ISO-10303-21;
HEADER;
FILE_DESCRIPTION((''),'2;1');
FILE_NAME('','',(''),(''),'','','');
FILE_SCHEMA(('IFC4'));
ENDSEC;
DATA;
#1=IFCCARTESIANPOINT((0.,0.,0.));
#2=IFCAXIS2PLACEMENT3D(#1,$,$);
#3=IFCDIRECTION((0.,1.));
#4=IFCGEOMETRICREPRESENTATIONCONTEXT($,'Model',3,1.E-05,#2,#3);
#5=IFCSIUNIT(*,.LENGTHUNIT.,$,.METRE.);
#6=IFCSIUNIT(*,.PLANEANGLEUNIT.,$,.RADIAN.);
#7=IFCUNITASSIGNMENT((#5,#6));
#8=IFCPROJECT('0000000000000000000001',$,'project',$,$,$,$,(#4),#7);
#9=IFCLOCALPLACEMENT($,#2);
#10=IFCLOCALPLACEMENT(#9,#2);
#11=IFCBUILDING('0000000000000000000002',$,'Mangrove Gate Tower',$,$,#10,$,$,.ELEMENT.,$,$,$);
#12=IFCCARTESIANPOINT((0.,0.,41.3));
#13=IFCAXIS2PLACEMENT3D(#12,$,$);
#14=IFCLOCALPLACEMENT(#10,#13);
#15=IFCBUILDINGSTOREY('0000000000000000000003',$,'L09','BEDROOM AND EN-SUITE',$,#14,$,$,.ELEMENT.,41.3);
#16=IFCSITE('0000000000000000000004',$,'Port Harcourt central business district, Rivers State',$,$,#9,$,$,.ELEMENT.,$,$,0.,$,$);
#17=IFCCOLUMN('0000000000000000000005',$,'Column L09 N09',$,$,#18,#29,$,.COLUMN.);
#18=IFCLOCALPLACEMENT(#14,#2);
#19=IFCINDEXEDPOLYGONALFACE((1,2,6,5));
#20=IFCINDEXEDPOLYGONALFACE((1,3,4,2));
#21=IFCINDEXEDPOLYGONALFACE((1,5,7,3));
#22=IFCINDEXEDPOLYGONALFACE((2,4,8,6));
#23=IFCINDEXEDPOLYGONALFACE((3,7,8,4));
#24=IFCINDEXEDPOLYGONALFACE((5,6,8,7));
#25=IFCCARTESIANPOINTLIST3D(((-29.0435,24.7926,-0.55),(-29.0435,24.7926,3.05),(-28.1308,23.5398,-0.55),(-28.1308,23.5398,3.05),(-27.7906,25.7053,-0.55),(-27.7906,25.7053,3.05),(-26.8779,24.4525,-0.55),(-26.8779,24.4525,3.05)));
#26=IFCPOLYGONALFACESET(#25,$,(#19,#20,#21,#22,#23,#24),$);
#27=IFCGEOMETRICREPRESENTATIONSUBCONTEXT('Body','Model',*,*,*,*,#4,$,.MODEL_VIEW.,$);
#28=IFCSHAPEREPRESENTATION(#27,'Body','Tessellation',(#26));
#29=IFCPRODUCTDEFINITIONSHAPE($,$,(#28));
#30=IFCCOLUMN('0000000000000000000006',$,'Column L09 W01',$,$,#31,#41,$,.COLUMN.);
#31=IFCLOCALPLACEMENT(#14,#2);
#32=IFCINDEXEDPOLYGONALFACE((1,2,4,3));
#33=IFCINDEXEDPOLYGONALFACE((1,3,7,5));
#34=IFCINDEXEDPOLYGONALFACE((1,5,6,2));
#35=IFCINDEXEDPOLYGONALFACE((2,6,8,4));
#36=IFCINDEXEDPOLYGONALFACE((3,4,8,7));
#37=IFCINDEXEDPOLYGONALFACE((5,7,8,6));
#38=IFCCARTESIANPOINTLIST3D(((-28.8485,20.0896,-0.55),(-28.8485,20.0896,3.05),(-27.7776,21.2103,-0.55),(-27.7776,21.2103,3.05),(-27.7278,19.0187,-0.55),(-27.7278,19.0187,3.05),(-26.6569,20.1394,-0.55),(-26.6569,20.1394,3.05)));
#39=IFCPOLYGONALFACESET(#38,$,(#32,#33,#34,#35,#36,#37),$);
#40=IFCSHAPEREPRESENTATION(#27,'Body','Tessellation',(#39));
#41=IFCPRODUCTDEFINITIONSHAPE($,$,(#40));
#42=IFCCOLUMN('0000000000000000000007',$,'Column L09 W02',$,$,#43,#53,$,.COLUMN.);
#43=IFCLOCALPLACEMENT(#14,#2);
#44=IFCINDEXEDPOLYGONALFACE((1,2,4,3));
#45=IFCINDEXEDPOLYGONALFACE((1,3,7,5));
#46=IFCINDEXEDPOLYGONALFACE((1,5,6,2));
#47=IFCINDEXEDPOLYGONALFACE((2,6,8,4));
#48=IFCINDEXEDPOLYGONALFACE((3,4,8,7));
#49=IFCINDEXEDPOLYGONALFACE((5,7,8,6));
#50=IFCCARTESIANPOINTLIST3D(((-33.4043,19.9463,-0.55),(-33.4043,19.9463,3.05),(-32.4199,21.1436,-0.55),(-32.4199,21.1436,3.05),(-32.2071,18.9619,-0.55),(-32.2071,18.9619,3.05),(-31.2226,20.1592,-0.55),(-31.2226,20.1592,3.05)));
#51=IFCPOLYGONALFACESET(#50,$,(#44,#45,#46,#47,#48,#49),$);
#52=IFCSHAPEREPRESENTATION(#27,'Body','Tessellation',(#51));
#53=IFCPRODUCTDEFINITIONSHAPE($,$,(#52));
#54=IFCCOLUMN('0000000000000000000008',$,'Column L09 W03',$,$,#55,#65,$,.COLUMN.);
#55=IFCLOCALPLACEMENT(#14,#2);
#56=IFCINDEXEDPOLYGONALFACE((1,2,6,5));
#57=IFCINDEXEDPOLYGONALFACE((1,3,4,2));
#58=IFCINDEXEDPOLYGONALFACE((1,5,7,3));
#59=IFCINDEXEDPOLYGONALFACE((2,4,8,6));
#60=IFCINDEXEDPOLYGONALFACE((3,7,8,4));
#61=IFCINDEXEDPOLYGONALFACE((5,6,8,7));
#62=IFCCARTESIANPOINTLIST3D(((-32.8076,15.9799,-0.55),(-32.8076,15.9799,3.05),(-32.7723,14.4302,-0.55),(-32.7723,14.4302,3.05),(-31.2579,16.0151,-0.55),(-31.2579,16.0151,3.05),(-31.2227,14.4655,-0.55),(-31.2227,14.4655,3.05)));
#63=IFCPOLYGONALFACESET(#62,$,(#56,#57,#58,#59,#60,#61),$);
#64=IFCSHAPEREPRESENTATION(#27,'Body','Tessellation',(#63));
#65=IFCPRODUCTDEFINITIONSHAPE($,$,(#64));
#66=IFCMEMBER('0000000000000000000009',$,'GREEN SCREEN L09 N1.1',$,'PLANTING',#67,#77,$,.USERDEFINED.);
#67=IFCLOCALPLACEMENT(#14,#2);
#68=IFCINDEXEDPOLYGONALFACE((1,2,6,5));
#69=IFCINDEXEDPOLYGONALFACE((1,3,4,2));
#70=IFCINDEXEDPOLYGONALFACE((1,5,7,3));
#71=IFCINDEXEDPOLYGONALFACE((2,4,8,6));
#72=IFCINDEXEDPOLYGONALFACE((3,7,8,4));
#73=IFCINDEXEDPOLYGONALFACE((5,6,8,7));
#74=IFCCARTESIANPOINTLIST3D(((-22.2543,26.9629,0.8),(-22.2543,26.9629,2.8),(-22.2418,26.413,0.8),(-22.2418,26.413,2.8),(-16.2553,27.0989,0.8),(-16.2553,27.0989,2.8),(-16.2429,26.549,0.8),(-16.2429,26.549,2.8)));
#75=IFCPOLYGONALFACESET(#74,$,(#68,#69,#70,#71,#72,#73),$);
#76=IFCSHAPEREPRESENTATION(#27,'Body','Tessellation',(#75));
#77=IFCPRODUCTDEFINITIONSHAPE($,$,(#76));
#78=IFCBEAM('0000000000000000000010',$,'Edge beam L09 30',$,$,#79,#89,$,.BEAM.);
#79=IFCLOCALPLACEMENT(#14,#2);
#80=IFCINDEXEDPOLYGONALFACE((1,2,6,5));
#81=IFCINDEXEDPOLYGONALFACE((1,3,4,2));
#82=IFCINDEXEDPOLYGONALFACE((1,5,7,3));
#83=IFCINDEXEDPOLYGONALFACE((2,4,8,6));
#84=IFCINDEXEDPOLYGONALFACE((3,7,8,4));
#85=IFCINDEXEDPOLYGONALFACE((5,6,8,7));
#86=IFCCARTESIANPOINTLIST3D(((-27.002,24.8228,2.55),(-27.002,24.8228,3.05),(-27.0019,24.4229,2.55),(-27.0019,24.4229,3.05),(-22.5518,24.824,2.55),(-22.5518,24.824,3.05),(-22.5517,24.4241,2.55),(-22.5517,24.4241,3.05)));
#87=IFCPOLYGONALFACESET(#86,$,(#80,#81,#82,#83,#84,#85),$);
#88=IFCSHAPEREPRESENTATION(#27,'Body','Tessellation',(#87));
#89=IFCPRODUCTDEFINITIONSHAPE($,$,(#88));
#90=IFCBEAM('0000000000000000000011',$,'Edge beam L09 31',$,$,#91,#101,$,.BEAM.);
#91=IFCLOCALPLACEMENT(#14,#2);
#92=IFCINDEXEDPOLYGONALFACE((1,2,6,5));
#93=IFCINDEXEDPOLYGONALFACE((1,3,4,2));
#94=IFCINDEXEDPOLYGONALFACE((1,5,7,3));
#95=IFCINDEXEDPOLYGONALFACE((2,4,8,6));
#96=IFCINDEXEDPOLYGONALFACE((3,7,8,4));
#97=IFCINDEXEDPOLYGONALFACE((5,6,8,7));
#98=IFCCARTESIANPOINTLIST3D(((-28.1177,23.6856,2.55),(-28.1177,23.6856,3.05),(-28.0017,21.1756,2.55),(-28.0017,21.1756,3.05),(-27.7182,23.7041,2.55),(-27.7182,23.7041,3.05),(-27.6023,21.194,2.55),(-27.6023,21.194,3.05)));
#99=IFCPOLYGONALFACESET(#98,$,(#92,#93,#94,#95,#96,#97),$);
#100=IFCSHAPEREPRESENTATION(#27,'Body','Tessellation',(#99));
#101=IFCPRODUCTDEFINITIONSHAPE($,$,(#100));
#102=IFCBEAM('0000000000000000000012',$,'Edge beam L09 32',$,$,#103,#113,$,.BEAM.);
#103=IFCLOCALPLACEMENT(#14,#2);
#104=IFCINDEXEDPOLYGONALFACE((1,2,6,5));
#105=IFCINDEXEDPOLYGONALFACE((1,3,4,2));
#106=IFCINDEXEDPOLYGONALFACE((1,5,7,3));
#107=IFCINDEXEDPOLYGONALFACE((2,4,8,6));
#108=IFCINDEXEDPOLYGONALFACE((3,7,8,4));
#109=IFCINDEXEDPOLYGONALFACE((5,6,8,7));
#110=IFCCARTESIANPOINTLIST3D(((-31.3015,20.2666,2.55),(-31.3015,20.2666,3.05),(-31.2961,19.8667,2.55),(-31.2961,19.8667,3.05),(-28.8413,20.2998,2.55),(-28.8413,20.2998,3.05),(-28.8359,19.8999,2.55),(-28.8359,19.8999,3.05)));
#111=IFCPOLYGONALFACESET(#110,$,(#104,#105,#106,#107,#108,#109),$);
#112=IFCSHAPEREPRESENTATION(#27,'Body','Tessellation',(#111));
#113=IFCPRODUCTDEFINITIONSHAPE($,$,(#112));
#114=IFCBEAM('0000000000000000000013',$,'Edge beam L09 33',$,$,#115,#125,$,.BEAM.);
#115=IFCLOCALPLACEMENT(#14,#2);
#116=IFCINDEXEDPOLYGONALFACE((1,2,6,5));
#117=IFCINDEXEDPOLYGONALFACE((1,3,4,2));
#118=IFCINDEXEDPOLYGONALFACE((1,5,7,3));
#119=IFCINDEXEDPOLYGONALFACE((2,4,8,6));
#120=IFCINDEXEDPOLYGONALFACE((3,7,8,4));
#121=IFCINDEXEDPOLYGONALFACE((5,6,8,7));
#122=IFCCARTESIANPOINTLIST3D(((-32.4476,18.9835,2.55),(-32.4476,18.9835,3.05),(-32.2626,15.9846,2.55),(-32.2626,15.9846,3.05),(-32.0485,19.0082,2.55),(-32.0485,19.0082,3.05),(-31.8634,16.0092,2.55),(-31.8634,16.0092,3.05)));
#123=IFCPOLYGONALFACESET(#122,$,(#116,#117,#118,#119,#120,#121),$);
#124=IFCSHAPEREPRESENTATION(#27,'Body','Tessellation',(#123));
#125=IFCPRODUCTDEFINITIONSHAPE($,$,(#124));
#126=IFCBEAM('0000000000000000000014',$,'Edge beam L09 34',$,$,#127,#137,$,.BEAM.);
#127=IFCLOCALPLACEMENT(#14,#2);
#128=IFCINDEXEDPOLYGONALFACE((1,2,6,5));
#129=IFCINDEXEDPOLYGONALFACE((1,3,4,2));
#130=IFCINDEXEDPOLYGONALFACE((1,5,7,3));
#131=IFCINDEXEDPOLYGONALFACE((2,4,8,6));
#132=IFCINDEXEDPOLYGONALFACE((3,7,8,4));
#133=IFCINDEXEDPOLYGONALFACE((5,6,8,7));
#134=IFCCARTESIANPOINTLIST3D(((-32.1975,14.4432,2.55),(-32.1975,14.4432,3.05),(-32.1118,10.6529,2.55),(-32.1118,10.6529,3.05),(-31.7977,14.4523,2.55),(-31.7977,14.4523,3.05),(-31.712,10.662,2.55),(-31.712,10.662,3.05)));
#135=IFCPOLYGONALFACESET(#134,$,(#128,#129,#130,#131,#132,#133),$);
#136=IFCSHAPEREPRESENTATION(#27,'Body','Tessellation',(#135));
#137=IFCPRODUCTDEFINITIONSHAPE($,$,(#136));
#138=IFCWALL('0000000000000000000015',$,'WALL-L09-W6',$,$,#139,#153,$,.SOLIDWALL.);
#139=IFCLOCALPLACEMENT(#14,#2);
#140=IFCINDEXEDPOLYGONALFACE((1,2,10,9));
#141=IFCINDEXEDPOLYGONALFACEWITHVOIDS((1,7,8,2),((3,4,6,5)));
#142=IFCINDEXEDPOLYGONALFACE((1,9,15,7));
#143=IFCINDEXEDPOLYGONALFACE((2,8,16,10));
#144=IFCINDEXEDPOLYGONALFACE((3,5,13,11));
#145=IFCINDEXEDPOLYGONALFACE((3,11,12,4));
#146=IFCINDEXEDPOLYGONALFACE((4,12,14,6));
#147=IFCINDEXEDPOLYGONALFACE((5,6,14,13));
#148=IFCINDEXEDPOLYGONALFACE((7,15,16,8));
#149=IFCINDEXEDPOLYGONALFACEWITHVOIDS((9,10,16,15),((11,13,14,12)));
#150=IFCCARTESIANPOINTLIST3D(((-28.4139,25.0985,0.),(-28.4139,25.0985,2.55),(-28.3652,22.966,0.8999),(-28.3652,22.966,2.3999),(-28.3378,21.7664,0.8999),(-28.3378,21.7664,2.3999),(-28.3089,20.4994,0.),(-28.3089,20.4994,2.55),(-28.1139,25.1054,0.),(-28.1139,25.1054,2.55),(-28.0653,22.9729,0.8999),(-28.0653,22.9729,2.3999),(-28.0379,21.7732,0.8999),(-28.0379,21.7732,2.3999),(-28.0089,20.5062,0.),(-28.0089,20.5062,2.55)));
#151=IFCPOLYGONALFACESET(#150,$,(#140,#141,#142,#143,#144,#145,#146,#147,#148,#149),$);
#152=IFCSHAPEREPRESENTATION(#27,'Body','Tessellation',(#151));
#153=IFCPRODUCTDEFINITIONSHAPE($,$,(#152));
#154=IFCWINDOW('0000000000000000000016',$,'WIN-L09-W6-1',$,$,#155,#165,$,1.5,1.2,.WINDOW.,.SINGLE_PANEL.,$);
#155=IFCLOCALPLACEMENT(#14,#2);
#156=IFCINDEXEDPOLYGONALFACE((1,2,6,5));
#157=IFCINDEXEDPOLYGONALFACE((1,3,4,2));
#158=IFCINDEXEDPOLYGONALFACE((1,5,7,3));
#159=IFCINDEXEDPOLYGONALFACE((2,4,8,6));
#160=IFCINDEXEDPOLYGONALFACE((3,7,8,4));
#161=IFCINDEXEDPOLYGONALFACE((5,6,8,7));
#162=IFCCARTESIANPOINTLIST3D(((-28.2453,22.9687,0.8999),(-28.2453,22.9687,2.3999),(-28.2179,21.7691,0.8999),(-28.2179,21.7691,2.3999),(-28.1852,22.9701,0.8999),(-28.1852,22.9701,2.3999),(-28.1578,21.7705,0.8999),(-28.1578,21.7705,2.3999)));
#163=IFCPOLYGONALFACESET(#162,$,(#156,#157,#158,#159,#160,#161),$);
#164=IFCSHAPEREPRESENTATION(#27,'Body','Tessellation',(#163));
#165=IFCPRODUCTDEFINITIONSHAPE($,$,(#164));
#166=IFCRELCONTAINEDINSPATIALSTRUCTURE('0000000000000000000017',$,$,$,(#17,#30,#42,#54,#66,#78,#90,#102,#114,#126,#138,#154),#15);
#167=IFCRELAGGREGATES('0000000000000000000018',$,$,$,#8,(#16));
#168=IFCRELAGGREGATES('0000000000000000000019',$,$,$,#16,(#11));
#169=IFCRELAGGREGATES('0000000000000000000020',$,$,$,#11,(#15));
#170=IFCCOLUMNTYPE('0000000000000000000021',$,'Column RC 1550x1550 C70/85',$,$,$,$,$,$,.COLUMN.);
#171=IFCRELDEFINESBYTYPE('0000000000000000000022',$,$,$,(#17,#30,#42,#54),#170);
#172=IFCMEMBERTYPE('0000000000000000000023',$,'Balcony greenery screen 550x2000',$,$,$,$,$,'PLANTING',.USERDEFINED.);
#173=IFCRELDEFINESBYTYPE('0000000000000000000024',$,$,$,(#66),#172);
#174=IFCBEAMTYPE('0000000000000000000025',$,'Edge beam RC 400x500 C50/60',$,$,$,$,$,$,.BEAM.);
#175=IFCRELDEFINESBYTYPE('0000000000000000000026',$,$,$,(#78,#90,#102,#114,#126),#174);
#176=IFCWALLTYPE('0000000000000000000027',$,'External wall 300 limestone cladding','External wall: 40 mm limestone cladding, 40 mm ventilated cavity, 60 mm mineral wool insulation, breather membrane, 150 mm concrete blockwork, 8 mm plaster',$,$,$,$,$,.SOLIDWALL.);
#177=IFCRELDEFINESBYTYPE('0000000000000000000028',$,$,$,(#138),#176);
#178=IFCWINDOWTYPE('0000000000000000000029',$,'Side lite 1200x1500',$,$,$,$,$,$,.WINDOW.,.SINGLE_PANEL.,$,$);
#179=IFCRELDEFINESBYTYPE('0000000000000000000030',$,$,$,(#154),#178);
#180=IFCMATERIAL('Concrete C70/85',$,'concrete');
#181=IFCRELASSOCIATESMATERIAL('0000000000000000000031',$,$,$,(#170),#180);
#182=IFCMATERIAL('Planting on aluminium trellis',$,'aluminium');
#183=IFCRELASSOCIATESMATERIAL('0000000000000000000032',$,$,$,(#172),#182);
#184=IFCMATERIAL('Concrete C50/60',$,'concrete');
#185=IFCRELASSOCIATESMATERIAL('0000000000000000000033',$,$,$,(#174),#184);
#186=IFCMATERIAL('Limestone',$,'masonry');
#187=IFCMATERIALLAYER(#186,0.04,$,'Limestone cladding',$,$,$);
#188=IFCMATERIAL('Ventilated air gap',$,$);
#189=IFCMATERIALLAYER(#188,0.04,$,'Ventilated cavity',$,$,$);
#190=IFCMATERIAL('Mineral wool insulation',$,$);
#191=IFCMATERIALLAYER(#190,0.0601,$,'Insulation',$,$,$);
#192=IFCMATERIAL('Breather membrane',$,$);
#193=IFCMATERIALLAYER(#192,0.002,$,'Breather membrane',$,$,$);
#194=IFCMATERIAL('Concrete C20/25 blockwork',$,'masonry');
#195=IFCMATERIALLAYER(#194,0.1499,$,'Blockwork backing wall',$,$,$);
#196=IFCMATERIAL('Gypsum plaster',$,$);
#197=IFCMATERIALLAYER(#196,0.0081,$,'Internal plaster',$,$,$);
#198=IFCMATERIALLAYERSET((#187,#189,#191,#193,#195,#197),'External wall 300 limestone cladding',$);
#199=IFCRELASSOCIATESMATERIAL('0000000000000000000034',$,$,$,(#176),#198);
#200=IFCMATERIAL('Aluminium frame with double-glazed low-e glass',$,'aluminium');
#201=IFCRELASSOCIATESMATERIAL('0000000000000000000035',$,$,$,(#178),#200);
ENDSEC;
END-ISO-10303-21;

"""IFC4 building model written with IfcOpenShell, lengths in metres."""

from ifc_helpers import new_model, si_unit, direction, frame, frame_2d, origin, origin_2d, place, context, subcontext, project, spatial, rectangle, extrude, material, layer, layer_set, material_profile, profile_set, type_object, element, fill, save


model = new_model("IFC4")

# Units and contexts
model_context = context("Model", 3, precision=1e-05, world=origin(), true_north=direction((0.0, 1.0)))
body_context = subcontext(model_context, "Body", "Model", "MODEL_VIEW")
ifc_project = project(units=[si_unit("LENGTHUNIT", "METRE"), si_unit("PLANEANGLEUNIT", "RADIAN")], contexts=[model_context])

# Site, building, storey
site_placement = place(None, origin())
site = spatial("IfcSite", under=ifc_project, at=site_placement, Name="Port Harcourt central business district, Rivers State", CompositionType="ELEMENT", RefElevation=0.0)
building_placement = place(site_placement, origin())
building = spatial("IfcBuilding", under=site, at=building_placement, Name="Mangrove Gate Tower", CompositionType="ELEMENT")
storey_placement = place(building_placement, frame((0.0, 0.0, 41.3)))
storey = spatial("IfcBuildingStorey", under=building, at=storey_placement, Name="L09", Description="BEDROOM AND EN-SUITE", CompositionType="ELEMENT", Elevation=41.3)

# Columns
ifc_material_1 = material(Name="Concrete C70/85", Category="concrete")
ifc_material_profile_1 = material_profile(ifc_material_1, rectangle(XDim=1.55, YDim=1.55, at=origin_2d()))
ifc_profile_set_1 = profile_set([ifc_material_profile_1], Name="Concrete C70/85")
column_type = type_object("IfcColumnType", Name="Column RC 1550x1550 C70/85", PredefinedType="COLUMN", material=ifc_profile_set_1)
for number, where, z_axis, x_axis, name in (
    (1, (-27.9607, 24.6226, -0.55), (0.0, 0.0, 1.0), (-0.808269, -0.588813, 0.0), "Column L09 N09"),
    (2, (-27.7527, 20.1145, -0.55), (0.0, 0.0, 1.0), (-0.690863, -0.722986, 0.0), "Column L09 W01"),
    (3, (-32.3135, 20.0527, -0.55), (0.0, 0.0, 1.0), (-0.635105, -0.772425, 0.0), "Column L09 W02"),
    (4, (-32.0151, 15.2227, -0.55), (0.0, 0.0, 1.0), (0.022747, -0.999741, 0.0), "Column L09 W03"),
):
    element("IfcColumn", number, at=place(storey_placement, frame(where, z_axis=z_axis, x_axis=x_axis)), inside=storey, type_object=column_type, Name=name, PredefinedType="COLUMN", context=body_context, shape_type="SweptSolid", body=[
        extrude(rectangle(XDim=1.55, YDim=1.55, at=origin_2d()), origin(), (0.0, 0.0, 1.0), 3.6001),
    ])

# Member
ifc_material_2 = material(Name="Planting on aluminium trellis", Category="aluminium")
ifc_material_profile_2 = material_profile(ifc_material_2, rectangle(XDim=0.55, YDim=2.0, at=origin_2d()))
ifc_profile_set_2 = profile_set([ifc_material_profile_2], Name="Planting on aluminium trellis")
member_type = type_object("IfcMemberType", Name="Balcony greenery screen 550x2000", ElementType="PLANTING", PredefinedType="USERDEFINED", material=ifc_profile_set_2)
member_placement = place(storey_placement, frame((-22.248, 26.688, 1.8), z_axis=(0.999743, 0.022662, 0.0), x_axis=(-0.022662, 0.999743, 0.0)))
element("IfcMember", 5, at=member_placement, inside=storey, type_object=member_type, Name="GREEN SCREEN L09 N1.1", ObjectType="PLANTING", PredefinedType="USERDEFINED", context=body_context, shape_type="SweptSolid", body=[
    extrude(rectangle(XDim=0.55, YDim=2.0, at=origin_2d()), origin(), (0.0, 0.0, 1.0), 6.0005),
])

# Beams
ifc_material_3 = material(Name="Concrete C50/60", Category="concrete")
ifc_material_profile_3 = material_profile(ifc_material_3, rectangle(XDim=0.3999, YDim=0.5, at=origin_2d()))
ifc_profile_set_3 = profile_set([ifc_material_profile_3], Name="Concrete C50/60")
beam_type = type_object("IfcBeamType", Name="Edge beam RC 400x500 C50/60", PredefinedType="BEAM", material=ifc_profile_set_3)
beam_1_placement = place(storey_placement, frame((-22.5518, 24.624, 2.8), z_axis=(-1.0, -0.000274, 0.0), x_axis=(0.000274, -1.0, 0.0)))
element("IfcBeam", 6, at=beam_1_placement, inside=storey, type_object=beam_type, Name="Edge beam L09 30", PredefinedType="BEAM", context=body_context, shape_type="SweptSolid", body=[
    extrude(rectangle(XDim=0.3999, YDim=0.5, at=origin_2d()), origin(), (0.0, 0.0, 1.0), 4.4502),
])
beam_2_placement = place(storey_placement, frame((-27.918, 23.6948, 2.8), z_axis=(0.046152, -0.998934, 0.0), x_axis=(0.998934, 0.046152, 0.0)))
element("IfcBeam", 7, at=beam_2_placement, inside=storey, type_object=beam_type, Name="Edge beam L09 31", PredefinedType="BEAM", context=body_context, shape_type="SweptSolid", body=[
    extrude(rectangle(XDim=0.3999, YDim=0.5, at=origin_2d()), origin(), (0.0, 0.0, 1.0), 2.5127),
])
beam_3_placement = place(storey_placement, frame((-28.8386, 20.0999, 2.8), z_axis=(-0.999909, -0.013495, 0.0), x_axis=(0.013495, -0.999909, 0.0)))
element("IfcBeam", 8, at=beam_3_placement, inside=storey, type_object=beam_type, Name="Edge beam L09 32", PredefinedType="BEAM", context=body_context, shape_type="SweptSolid", body=[
    extrude(rectangle(XDim=0.3999, YDim=0.5, at=origin_2d()), origin(), (0.0, 0.0, 1.0), 2.4604),
])
beam_4_placement = place(storey_placement, frame((-32.248, 18.9958, 2.8), z_axis=(0.061589, -0.998102, 0.0), x_axis=(0.998102, 0.061589, 0.0)))
element("IfcBeam", 9, at=beam_4_placement, inside=storey, type_object=beam_type, Name="Edge beam L09 33", PredefinedType="BEAM", context=body_context, shape_type="SweptSolid", body=[
    extrude(rectangle(XDim=0.3999, YDim=0.5, at=origin_2d()), origin(), (0.0, 0.0, 1.0), 3.0046),
])
beam_5_placement = place(storey_placement, frame((-31.9976, 14.4478, 2.8), z_axis=(0.022603, -0.999745, 0.0), x_axis=(0.999745, 0.022603, 0.0)))
element("IfcBeam", 10, at=beam_5_placement, inside=storey, type_object=beam_type, Name="Edge beam L09 34", PredefinedType="BEAM", context=body_context, shape_type="SweptSolid", body=[
    extrude(rectangle(XDim=0.3999, YDim=0.5, at=origin_2d()), origin(), (0.0, 0.0, 1.0), 3.7913),
])

# Wall, opening, window
ifc_material_4 = material(Name="Limestone", Category="masonry")
ifc_layer_1 = layer(ifc_material_4, 0.04, Name="Limestone cladding")
ifc_material_5 = material(Name="Ventilated air gap")
ifc_layer_2 = layer(ifc_material_5, 0.04, Name="Ventilated cavity")
ifc_material_6 = material(Name="Mineral wool insulation")
ifc_layer_3 = layer(ifc_material_6, 0.0601, Name="Insulation")
ifc_material_7 = material(Name="Breather membrane")
ifc_layer_4 = layer(ifc_material_7, 0.002, Name="Breather membrane")
ifc_material_8 = material(Name="Concrete C20/25 blockwork", Category="masonry")
ifc_layer_5 = layer(ifc_material_8, 0.1499, Name="Blockwork backing wall")
ifc_material_9 = material(Name="Gypsum plaster")
ifc_layer_6 = layer(ifc_material_9, 0.0081, Name="Internal plaster")
ifc_layer_set_1 = layer_set([ifc_layer_1, ifc_layer_2, ifc_layer_3, ifc_layer_4, ifc_layer_5, ifc_layer_6], Name="External wall 300 limestone cladding")
wall_type_1 = type_object("IfcWallType", Name="External wall 300 limestone cladding", Description="External wall: 40 mm limestone cladding, 40 mm ventilated cavity, 60 mm mineral wool insulation, breather membrane, 150 mm concrete blockwork, 8 mm plaster", PredefinedType="SOLIDWALL", material=ifc_layer_set_1)
wall_1_placement = place(storey_placement, frame((-28.2639, 25.1021, 0.0), z_axis=(0.0, 0.0, 1.0), x_axis=(0.02282, -0.99974, 0.0)))
wall_1 = element("IfcWall", 11, at=wall_1_placement, inside=storey, type_object=wall_type_1, Name="WALL-L09-W6", PredefinedType="SOLIDWALL", context=body_context, shape_type="SweptSolid", body=[
    extrude(rectangle(XDim=4.6003, YDim=0.3, at=frame_2d((2.3003, 0.0))), origin(), (0.0, 0.0, 1.0), 2.55),
])
opening_1_placement = place(wall_1_placement, frame((2.1331, 0.0, 0.8999)))
opening_1 = element("IfcOpeningElement", 12, at=opening_1_placement, cuts=wall_1, PredefinedType="OPENING", context=body_context, shape_type="SweptSolid", body=[
    extrude(rectangle(XDim=1.2, YDim=1.5, at=frame_2d((0.6001, 0.75))), frame((0.0, 0.1599, 0.0), z_axis=(0.0, -1.0, 0.0), x_axis=(1.0, 0.0, 0.0)), (0.0, 0.0, 1.0), 0.3201),
])
ifc_material_10 = material(Name="Aluminium frame with double-glazed low-e glass", Category="aluminium")
window_type_1 = type_object("IfcWindowType", Name="Side lite 1200x1500", PartitioningType="SINGLE_PANEL", PredefinedType="WINDOW", material=ifc_material_10)
window_1_placement = place(opening_1_placement, origin())
window_1 = element("IfcWindow", 13, at=window_1_placement, inside=storey, type_object=window_type_1, Name="WIN-L09-W6-1", OverallHeight=1.5, OverallWidth=1.2, PartitioningType="SINGLE_PANEL", PredefinedType="WINDOW", context=body_context, shape_type="SweptSolid", body=[
    extrude(rectangle(XDim=1.2, YDim=1.5, at=frame_2d((0.6001, 0.75))), frame((0.0, 0.03, 0.0), z_axis=(0.0, -1.0, 0.0), x_axis=(1.0, 0.0, 0.0)), (0.0, 0.0, 1.0), 0.0601),
])
fill(opening_1, window_1)

save(model, "model.ifc")
